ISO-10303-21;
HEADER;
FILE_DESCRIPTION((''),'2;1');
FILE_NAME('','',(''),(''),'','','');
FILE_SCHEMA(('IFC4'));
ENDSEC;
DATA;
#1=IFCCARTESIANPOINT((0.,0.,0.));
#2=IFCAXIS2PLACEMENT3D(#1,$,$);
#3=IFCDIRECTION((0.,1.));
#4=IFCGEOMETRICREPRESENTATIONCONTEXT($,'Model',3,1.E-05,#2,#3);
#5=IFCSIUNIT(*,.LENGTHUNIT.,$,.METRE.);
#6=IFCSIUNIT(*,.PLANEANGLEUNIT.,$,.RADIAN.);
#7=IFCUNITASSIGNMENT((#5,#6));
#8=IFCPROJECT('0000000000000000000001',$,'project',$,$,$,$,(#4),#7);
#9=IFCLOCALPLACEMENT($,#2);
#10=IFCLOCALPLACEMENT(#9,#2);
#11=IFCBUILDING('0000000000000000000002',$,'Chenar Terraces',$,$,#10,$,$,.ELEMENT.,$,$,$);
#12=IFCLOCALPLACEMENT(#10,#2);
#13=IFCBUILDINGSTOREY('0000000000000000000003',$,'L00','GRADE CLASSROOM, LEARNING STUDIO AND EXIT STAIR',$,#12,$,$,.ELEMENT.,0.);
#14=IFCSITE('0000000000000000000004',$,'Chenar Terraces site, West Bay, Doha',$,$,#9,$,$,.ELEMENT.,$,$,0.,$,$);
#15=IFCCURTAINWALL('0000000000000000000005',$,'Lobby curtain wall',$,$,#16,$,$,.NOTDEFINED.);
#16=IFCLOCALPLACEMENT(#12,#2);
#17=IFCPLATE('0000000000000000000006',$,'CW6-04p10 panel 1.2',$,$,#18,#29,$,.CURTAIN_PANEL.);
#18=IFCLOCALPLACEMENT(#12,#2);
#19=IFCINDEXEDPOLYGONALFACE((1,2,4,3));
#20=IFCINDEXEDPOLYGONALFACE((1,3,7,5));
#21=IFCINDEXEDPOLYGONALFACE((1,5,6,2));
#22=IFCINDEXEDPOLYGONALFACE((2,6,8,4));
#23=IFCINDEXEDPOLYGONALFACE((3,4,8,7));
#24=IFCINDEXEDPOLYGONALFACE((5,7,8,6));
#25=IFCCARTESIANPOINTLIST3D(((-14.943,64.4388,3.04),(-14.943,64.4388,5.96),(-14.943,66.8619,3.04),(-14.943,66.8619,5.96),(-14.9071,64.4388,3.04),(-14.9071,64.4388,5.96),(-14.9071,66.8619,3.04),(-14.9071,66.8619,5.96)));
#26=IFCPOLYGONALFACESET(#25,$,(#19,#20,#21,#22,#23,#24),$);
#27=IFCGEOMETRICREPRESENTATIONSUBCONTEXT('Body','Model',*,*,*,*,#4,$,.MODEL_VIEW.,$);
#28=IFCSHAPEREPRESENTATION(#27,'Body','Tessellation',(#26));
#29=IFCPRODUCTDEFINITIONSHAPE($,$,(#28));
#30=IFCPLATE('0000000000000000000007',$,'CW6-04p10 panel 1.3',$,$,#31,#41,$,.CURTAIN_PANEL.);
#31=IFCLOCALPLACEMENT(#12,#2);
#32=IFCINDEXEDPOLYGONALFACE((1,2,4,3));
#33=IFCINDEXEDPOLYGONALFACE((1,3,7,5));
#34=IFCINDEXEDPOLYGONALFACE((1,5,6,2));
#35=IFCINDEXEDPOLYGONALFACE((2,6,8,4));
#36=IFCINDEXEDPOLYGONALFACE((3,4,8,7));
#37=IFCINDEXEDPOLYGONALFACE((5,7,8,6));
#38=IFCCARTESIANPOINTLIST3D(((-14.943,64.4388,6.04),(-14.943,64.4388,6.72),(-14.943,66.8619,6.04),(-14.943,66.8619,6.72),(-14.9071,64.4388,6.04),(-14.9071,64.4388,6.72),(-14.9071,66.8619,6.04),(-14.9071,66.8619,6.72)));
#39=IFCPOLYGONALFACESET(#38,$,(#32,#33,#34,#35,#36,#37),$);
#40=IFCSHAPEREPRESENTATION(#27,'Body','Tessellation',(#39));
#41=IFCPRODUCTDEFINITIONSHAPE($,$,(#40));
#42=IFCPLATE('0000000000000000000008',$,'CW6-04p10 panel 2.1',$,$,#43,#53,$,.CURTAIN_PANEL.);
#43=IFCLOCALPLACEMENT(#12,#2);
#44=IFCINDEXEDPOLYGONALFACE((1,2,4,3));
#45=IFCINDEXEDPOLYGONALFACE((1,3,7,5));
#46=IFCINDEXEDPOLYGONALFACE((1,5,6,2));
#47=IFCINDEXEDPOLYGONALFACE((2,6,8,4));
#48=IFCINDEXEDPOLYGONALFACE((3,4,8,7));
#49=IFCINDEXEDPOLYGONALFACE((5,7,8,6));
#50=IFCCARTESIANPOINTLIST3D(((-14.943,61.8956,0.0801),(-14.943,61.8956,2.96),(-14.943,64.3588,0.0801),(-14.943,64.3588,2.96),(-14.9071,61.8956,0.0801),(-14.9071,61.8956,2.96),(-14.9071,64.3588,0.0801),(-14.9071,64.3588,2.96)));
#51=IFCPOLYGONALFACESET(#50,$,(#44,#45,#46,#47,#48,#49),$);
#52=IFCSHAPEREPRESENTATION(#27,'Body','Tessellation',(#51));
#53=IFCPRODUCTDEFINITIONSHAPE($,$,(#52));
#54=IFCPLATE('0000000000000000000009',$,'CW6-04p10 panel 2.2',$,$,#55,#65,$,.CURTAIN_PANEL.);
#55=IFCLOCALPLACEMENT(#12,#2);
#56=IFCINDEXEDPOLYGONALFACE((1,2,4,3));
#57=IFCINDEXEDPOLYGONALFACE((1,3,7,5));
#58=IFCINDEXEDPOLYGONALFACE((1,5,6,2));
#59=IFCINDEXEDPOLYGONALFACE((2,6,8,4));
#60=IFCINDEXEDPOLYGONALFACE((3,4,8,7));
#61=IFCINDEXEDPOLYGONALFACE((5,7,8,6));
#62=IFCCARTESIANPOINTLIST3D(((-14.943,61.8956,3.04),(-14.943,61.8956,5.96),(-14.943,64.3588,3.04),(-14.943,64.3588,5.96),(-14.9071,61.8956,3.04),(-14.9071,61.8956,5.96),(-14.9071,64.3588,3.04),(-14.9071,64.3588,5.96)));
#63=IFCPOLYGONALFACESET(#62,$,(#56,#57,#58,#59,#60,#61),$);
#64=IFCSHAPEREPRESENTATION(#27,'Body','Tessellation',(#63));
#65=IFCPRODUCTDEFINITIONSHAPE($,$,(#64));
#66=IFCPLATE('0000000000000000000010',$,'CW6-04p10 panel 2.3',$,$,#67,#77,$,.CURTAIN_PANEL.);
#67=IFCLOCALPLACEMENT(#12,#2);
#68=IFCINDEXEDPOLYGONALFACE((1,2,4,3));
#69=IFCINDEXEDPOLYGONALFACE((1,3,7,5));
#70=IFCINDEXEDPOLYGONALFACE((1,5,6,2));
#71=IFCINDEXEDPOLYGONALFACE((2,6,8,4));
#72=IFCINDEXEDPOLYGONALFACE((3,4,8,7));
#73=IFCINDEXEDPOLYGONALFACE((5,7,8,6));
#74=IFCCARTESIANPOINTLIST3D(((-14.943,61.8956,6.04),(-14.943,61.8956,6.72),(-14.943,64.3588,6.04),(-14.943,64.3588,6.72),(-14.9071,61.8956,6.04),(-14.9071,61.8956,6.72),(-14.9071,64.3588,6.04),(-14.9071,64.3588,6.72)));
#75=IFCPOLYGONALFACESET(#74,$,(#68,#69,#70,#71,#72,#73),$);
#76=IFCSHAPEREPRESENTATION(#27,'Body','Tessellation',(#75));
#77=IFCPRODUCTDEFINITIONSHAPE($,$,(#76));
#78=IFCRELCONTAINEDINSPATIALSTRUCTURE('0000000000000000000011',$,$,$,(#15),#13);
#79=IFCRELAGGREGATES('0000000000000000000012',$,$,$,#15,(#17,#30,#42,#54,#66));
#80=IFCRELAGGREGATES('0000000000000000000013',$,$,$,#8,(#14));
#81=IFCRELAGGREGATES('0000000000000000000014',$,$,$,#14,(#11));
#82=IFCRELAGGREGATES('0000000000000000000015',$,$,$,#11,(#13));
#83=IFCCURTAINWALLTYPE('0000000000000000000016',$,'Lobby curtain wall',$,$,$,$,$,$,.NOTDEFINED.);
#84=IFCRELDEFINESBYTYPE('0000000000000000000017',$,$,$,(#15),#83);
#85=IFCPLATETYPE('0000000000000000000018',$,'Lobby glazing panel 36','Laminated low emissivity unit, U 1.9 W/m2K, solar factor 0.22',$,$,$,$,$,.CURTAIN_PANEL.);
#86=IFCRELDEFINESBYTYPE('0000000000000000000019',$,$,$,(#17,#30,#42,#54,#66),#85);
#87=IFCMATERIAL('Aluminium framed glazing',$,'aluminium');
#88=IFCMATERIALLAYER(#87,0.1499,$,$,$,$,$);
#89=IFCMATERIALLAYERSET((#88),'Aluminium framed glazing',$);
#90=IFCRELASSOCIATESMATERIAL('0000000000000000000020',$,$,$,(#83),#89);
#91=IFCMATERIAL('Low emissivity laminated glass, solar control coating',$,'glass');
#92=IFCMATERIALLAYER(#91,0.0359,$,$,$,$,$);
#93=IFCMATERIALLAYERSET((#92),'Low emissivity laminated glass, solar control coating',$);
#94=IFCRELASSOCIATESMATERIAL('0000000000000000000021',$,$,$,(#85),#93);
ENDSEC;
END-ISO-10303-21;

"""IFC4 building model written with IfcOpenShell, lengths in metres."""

from ifc_helpers import new_model, si_unit, direction, frame, origin, origin_2d, place, context, subcontext, project, spatial, rectangle, extrude, material, layer, layer_set, type_object, element, aggregate, save


model = new_model("IFC4")

# Units and contexts
model_context = context("Model", 3, precision=1e-05, world=origin(), true_north=direction((0.0, 1.0)))
body_context = subcontext(model_context, "Body", "Model", "MODEL_VIEW")
ifc_project = project(units=[si_unit("LENGTHUNIT", "METRE"), si_unit("PLANEANGLEUNIT", "RADIAN")], contexts=[model_context])

# Site, building, storey
site_placement = place(None, origin())
site = spatial("IfcSite", under=ifc_project, at=site_placement, Name="Chenar Terraces site, West Bay, Doha", CompositionType="ELEMENT", RefElevation=0.0)
building_placement = place(site_placement, origin())
building = spatial("IfcBuilding", under=site, at=building_placement, Name="Chenar Terraces", CompositionType="ELEMENT")
storey_placement = place(building_placement, origin())
storey = spatial("IfcBuildingStorey", under=building, at=storey_placement, Name="L00", Description="GRADE CLASSROOM, LEARNING STUDIO AND EXIT STAIR", CompositionType="ELEMENT", Elevation=0.0)

# Shared definitions
ifc_material_1 = material(Name="Aluminium framed glazing", Category="aluminium")
ifc_layer_1 = layer(ifc_material_1, 0.1499)
ifc_layer_set_1 = layer_set([ifc_layer_1], Name="Aluminium framed glazing")
curtain_wall_type = type_object("IfcCurtainWallType", Name="Lobby curtain wall", PredefinedType="NOTDEFINED", material=ifc_layer_set_1)
placement = place(storey_placement, origin())

# Curtain wall
curtain_wall_1 = element("IfcCurtainWall", 1, at=placement, inside=storey, type_object=curtain_wall_type, Name="Lobby curtain wall", PredefinedType="NOTDEFINED")

# Plates
ifc_material_2 = material(Name="Low emissivity laminated glass, solar control coating", Category="glass")
ifc_layer_2 = layer(ifc_material_2, 0.0359)
ifc_layer_set_2 = layer_set([ifc_layer_2], Name="Low emissivity laminated glass, solar control coating")
plate_type = type_object("IfcPlateType", Name="Lobby glazing panel 36", Description="Laminated low emissivity unit, U 1.9 W/m2K, solar factor 0.22", PredefinedType="CURTAIN_PANEL", material=ifc_layer_set_2)
plate_1_placement = place(storey_placement, frame((-14.925, 65.6504, 3.04), z_axis=(0.0, 0.0, 1.0), x_axis=(0.0, -1.0, 0.0)))
plate_1 = element("IfcPlate", 2, at=plate_1_placement, type_object=plate_type, Name="CW6-04p10 panel 1.2", PredefinedType="CURTAIN_PANEL", context=body_context, shape_type="SweptSolid", body=[
    extrude(rectangle(XDim=2.4231, YDim=0.0359, at=origin_2d()), origin(), (0.0, 0.0, 1.0), 2.9199),
])
plate_2_placement = place(storey_placement, frame((-14.925, 65.6504, 6.04), z_axis=(0.0, 0.0, 1.0), x_axis=(0.0, -1.0, 0.0)))
plate_2 = element("IfcPlate", 3, at=plate_2_placement, type_object=plate_type, Name="CW6-04p10 panel 1.3", PredefinedType="CURTAIN_PANEL", context=body_context, shape_type="SweptSolid", body=[
    extrude(rectangle(XDim=2.4231, YDim=0.0359, at=origin_2d()), origin(), (0.0, 0.0, 1.0), 0.6799),
])
plate_3_placement = place(storey_placement, frame((-14.925, 63.1272, 0.0801), z_axis=(0.0, 0.0, 1.0), x_axis=(0.0, -1.0, 0.0)))
plate_3 = element("IfcPlate", 4, at=plate_3_placement, type_object=plate_type, Name="CW6-04p10 panel 2.1", PredefinedType="CURTAIN_PANEL", context=body_context, shape_type="SweptSolid", body=[
    extrude(rectangle(XDim=2.4631, YDim=0.0359, at=origin_2d()), origin(), (0.0, 0.0, 1.0), 2.8799),
])
plate_4_placement = place(storey_placement, frame((-14.925, 63.1272, 3.04), z_axis=(0.0, 0.0, 1.0), x_axis=(0.0, -1.0, 0.0)))
plate_4 = element("IfcPlate", 5, at=plate_4_placement, type_object=plate_type, Name="CW6-04p10 panel 2.2", PredefinedType="CURTAIN_PANEL", context=body_context, shape_type="SweptSolid", body=[
    extrude(rectangle(XDim=2.4631, YDim=0.0359, at=origin_2d()), origin(), (0.0, 0.0, 1.0), 2.9199),
])
plate_5_placement = place(storey_placement, frame((-14.925, 63.1272, 6.04), z_axis=(0.0, 0.0, 1.0), x_axis=(0.0, -1.0, 0.0)))
plate_5 = element("IfcPlate", 6, at=plate_5_placement, type_object=plate_type, Name="CW6-04p10 panel 2.3", PredefinedType="CURTAIN_PANEL", context=body_context, shape_type="SweptSolid", body=[
    extrude(rectangle(XDim=2.4631, YDim=0.0359, at=origin_2d()), origin(), (0.0, 0.0, 1.0), 0.6799),
])
aggregate(curtain_wall_1, [plate_1, plate_2, plate_3, plate_4, plate_5])

save(model, "model.ifc")
